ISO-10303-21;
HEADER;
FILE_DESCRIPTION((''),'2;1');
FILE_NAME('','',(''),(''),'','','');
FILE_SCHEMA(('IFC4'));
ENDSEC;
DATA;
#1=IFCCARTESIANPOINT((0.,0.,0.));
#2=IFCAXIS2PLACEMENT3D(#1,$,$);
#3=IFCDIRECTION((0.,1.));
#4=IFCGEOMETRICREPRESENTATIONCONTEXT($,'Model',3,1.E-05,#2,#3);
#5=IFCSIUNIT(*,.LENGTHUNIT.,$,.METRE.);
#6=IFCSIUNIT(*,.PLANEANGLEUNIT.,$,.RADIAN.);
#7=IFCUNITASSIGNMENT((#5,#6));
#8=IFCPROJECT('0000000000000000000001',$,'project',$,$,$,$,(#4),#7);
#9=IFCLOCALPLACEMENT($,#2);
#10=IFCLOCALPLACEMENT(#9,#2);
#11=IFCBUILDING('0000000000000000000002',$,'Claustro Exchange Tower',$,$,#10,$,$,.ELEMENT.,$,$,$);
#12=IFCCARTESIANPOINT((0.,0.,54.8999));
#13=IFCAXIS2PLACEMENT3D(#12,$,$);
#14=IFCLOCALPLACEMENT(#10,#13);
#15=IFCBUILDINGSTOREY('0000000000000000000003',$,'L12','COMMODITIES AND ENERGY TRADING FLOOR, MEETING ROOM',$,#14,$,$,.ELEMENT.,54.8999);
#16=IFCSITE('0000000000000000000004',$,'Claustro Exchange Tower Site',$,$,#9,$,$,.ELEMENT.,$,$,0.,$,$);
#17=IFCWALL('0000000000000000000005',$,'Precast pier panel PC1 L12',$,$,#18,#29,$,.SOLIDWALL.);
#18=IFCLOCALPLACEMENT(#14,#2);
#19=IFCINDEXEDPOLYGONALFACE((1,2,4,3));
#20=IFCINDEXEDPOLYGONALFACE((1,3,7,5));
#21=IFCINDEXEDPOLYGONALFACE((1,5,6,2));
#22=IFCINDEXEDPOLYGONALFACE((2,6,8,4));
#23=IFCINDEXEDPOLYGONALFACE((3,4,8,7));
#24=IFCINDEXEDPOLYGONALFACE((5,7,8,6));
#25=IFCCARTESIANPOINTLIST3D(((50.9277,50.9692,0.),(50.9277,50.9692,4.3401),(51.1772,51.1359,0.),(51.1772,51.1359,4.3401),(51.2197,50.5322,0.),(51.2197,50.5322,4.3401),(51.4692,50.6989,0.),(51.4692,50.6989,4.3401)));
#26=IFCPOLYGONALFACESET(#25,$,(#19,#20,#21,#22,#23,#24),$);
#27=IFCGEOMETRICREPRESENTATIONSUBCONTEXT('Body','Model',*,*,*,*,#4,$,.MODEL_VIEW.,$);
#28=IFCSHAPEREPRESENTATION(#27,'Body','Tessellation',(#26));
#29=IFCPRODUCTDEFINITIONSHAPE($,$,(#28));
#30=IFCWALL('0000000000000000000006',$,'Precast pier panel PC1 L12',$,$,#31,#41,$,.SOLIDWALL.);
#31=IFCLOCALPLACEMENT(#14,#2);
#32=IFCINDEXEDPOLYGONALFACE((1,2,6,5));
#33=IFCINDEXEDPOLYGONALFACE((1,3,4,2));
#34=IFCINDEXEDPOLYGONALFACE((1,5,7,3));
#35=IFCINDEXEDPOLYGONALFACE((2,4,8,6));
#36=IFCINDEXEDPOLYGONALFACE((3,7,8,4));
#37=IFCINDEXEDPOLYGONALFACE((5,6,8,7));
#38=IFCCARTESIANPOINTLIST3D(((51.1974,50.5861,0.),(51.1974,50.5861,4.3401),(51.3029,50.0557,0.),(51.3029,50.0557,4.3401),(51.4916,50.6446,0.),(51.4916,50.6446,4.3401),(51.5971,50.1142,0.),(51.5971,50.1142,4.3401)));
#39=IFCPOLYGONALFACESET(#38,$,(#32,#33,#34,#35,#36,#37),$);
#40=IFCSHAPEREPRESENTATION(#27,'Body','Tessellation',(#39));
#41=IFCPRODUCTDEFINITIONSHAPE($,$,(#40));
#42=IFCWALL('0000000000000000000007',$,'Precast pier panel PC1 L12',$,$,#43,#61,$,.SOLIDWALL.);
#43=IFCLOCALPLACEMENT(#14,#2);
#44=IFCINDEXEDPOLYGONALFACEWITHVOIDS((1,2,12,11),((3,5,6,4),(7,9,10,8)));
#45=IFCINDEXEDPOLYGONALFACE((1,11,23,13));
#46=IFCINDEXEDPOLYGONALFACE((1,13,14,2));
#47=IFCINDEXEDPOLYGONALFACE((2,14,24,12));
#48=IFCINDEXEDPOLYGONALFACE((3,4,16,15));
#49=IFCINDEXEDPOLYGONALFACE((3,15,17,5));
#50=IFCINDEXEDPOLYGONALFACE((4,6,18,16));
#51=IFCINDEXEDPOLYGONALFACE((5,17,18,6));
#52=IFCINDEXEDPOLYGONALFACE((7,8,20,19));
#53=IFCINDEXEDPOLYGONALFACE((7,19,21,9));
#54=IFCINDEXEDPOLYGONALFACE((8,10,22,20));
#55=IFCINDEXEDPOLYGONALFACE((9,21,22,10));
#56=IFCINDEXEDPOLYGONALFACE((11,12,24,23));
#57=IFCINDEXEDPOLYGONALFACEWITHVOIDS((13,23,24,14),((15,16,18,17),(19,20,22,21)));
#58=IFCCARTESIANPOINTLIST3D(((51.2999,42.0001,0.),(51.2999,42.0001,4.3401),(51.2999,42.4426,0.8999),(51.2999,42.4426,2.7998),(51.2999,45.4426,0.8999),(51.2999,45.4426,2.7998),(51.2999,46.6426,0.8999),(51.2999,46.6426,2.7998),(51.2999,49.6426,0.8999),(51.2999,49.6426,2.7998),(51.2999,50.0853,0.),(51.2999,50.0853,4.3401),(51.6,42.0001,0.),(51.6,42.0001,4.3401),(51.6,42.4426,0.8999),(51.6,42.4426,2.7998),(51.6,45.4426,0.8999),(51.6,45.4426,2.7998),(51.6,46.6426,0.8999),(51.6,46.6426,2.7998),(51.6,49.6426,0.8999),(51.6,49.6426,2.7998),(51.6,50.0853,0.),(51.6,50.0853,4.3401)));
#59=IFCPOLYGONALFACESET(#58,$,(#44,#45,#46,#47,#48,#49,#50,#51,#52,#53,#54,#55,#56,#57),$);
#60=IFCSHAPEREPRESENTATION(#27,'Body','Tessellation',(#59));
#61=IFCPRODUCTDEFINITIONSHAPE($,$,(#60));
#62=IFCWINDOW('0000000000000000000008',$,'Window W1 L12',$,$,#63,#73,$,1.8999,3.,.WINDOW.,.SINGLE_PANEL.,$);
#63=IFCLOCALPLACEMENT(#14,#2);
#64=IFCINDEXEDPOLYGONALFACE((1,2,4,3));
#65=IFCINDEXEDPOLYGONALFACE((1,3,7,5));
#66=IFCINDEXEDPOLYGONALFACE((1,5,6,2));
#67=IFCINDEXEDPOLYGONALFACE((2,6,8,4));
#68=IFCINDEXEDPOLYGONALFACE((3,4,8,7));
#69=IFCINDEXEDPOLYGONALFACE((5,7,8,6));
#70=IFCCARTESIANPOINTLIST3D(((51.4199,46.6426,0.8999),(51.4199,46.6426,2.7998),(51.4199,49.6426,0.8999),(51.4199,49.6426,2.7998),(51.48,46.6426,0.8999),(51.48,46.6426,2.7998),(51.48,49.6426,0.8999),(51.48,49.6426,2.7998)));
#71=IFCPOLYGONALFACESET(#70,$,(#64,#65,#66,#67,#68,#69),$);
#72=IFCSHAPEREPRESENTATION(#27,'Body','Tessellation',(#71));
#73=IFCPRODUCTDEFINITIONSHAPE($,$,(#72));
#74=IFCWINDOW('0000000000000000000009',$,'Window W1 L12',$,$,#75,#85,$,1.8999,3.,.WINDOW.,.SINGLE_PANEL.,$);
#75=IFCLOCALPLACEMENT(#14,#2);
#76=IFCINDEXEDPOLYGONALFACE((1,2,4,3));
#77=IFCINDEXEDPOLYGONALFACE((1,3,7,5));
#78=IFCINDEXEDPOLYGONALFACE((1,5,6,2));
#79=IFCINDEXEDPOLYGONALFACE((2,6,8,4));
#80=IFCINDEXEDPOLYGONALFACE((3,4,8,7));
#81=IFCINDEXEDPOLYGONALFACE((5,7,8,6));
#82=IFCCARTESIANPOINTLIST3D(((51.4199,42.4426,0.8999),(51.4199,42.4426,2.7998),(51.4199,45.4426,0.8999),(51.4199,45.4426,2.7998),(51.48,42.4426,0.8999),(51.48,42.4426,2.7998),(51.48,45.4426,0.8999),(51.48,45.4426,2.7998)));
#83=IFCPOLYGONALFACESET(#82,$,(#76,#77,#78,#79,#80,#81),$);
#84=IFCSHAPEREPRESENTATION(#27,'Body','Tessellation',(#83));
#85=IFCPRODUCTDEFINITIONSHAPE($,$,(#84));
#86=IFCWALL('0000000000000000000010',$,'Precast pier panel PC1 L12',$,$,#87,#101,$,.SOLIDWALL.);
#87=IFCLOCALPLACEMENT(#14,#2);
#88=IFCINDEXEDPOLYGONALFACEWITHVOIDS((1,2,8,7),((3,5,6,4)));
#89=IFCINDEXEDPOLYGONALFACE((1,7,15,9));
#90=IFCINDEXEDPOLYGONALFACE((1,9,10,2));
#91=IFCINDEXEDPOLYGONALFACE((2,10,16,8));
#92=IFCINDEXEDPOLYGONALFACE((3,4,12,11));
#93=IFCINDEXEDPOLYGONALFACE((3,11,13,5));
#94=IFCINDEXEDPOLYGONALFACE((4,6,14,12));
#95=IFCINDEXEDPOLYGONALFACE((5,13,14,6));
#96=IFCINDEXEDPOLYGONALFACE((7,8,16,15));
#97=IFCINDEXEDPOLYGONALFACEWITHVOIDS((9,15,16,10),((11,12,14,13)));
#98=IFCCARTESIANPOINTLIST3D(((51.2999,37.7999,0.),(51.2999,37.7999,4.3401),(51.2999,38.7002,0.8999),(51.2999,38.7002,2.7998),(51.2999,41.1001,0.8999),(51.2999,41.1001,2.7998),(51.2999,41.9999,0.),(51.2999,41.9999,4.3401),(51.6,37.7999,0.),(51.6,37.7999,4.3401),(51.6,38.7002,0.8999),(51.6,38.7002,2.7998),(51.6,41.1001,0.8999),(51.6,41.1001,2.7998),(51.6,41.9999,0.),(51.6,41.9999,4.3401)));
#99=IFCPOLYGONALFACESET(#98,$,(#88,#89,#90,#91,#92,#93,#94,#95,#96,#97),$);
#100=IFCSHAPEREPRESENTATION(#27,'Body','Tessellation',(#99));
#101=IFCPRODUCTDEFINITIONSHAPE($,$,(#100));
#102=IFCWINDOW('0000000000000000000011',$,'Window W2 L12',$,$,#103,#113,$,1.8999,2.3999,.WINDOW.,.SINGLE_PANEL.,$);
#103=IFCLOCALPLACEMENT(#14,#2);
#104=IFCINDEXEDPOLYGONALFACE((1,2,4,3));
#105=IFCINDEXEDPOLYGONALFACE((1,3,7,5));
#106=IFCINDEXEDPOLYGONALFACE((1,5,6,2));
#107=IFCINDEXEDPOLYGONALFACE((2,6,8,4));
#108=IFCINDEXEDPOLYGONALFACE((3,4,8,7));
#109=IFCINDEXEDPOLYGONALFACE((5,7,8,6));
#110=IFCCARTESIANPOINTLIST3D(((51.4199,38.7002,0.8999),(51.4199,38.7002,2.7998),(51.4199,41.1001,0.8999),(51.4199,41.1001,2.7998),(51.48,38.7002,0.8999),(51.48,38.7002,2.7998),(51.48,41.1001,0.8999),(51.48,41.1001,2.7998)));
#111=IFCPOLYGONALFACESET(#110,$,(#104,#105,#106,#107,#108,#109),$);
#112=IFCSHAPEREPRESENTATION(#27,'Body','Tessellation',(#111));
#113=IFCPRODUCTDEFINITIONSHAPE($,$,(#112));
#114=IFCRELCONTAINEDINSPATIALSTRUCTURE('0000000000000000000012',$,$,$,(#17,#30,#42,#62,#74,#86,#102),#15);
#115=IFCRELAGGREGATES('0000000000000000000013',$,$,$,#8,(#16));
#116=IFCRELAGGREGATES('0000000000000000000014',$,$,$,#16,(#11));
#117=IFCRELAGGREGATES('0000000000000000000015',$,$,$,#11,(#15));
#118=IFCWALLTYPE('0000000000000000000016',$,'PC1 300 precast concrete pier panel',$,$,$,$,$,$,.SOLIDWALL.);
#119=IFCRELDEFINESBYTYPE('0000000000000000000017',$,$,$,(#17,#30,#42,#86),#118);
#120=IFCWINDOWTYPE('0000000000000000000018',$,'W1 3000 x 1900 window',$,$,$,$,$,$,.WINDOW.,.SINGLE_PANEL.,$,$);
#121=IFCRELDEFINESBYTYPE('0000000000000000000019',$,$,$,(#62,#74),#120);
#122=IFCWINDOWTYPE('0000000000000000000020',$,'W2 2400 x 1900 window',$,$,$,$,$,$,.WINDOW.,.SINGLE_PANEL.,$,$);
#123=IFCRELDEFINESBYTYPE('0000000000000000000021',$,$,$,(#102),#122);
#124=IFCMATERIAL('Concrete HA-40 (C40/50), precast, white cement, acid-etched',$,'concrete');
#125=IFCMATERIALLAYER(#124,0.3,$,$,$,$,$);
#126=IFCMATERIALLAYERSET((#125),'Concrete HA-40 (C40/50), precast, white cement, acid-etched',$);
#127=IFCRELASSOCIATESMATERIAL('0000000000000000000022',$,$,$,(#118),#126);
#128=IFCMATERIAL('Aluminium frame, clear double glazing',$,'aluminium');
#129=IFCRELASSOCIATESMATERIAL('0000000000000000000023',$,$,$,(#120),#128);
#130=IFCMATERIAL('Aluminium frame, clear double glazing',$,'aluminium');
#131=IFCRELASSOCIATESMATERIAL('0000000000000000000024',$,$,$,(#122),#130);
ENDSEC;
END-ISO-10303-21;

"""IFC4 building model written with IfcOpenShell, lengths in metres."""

from ifc_helpers import new_model, si_unit, direction, frame, frame_2d, origin, place, context, subcontext, project, spatial, rectangle, extrude, material, layer, layer_set, type_object, element, fill, save


model = new_model("IFC4")

# Units and contexts
model_context = context("Model", 3, precision=1e-05, world=origin(), true_north=direction((0.0, 1.0)))
body_context = subcontext(model_context, "Body", "Model", "MODEL_VIEW")
ifc_project = project(units=[si_unit("LENGTHUNIT", "METRE"), si_unit("PLANEANGLEUNIT", "RADIAN")], contexts=[model_context])

# Site, building, storey
site_placement = place(None, origin())
site = spatial("IfcSite", under=ifc_project, at=site_placement, Name="Claustro Exchange Tower Site", CompositionType="ELEMENT", RefElevation=0.0)
building_placement = place(site_placement, origin())
building = spatial("IfcBuilding", under=site, at=building_placement, Name="Claustro Exchange Tower", CompositionType="ELEMENT")
storey_placement = place(building_placement, frame((0.0, 0.0, 54.8999)))
storey = spatial("IfcBuildingStorey", under=building, at=storey_placement, Name="L12", Description="COMMODITIES AND ENERGY TRADING FLOOR, MEETING ROOM", CompositionType="ELEMENT", Elevation=54.8999)

# Shared definitions
ifc_material_1 = material(Name="Concrete HA-40 (C40/50), precast, white cement, acid-etched", Category="concrete")
ifc_layer_1 = layer(ifc_material_1, 0.3)
ifc_layer_set_1 = layer_set([ifc_layer_1], Name="Concrete HA-40 (C40/50), precast, white cement, acid-etched")
wall_type_1 = type_object("IfcWallType", Name="PC1 300 precast concrete pier panel", PredefinedType="SOLIDWALL", material=ifc_layer_set_1)
ifc_material_2 = material(Name="Aluminium frame, clear double glazing", Category="aluminium")
window_type_1 = type_object("IfcWindowType", Name="W1 3000 x 1900 window", PartitioningType="SINGLE_PANEL", PredefinedType="WINDOW", material=ifc_material_2)

# Walls
for number, where, z_axis, x_axis, name in (
    (1, (51.0525, 51.0525, 0.0), (0.0, 0.0, 1.0), (0.555557, -0.831478, 0.0), "Precast pier panel PC1 L12"),
):
    element("IfcWall", number, at=place(storey_placement, frame(where, z_axis=z_axis, x_axis=x_axis)), inside=storey, type_object=wall_type_1, Name=name, PredefinedType="SOLIDWALL", context=body_context, shape_type="SweptSolid", body=[
        extrude(rectangle(XDim=0.5256, YDim=0.3, at=frame_2d((0.2627, 0.0))), origin(), (0.0, 0.0, 1.0), 4.3401),
    ])
wall_1_placement = place(storey_placement, frame((51.3445, 50.6155, 0.0), z_axis=(0.0, 0.0, 1.0), x_axis=(0.195074, -0.980789, 0.0)))
element("IfcWall", 2, at=wall_1_placement, inside=storey, type_object=wall_type_1, Name="Precast pier panel PC1 L12", PredefinedType="SOLIDWALL", context=body_context, shape_type="SweptSolid", body=[
    extrude(rectangle(XDim=0.5408, YDim=0.3, at=frame_2d((0.2705, 0.0))), origin(), (0.0, 0.0, 1.0), 4.3401),
])

# Wall, openings, windows
wall_2_placement = place(storey_placement, frame((51.45, 50.0852, 0.0), z_axis=(0.0, 0.0, 1.0), x_axis=(0.0, -1.0, 0.0)))
wall_2 = element("IfcWall", 3, at=wall_2_placement, inside=storey, type_object=wall_type_1, Name="Precast pier panel PC1 L12", PredefinedType="SOLIDWALL", context=body_context, shape_type="SweptSolid", body=[
    extrude(rectangle(XDim=8.0852, YDim=0.3, at=frame_2d((4.0425, 0.0))), origin(), (0.0, 0.0, 1.0), 4.3401),
])
opening_1_placement = place(wall_2_placement, frame((0.4426, 0.0, 0.8999)))
opening_1 = element("IfcOpeningElement", 4, at=opening_1_placement, cuts=wall_2, PredefinedType="OPENING", context=body_context, shape_type="SweptSolid", body=[
    extrude(rectangle(XDim=3.0, YDim=1.8999, at=frame_2d((1.5, 0.95))), frame((0.0, 0.1599, 0.0), z_axis=(0.0, -1.0, 0.0), x_axis=(1.0, 0.0, 0.0)), (0.0, 0.0, 1.0), 0.3201),
])
opening_2_placement = place(wall_2_placement, frame((4.6426, 0.0, 0.8999)))
opening_2 = element("IfcOpeningElement", 5, at=opening_2_placement, cuts=wall_2, PredefinedType="OPENING", context=body_context, shape_type="SweptSolid", body=[
    extrude(rectangle(XDim=3.0, YDim=1.8999, at=frame_2d((1.5, 0.95))), frame((0.0, 0.1599, 0.0), z_axis=(0.0, -1.0, 0.0), x_axis=(1.0, 0.0, 0.0)), (0.0, 0.0, 1.0), 0.3201),
])
window_1_placement = place(opening_1_placement, origin())
window_1 = element("IfcWindow", 6, at=window_1_placement, inside=storey, type_object=window_type_1, Name="Window W1 L12", OverallHeight=1.8999, OverallWidth=3.0, PartitioningType="SINGLE_PANEL", PredefinedType="WINDOW", context=body_context, shape_type="SweptSolid", body=[
    extrude(rectangle(XDim=3.0, YDim=1.8999, at=frame_2d((1.5, 0.95))), frame((0.0, 0.03, 0.0), z_axis=(0.0, -1.0, 0.0), x_axis=(1.0, 0.0, 0.0)), (0.0, 0.0, 1.0), 0.0601),
])
fill(opening_1, window_1)
window_2_placement = place(opening_2_placement, origin())
window_2 = element("IfcWindow", 7, at=window_2_placement, inside=storey, type_object=window_type_1, Name="Window W1 L12", OverallHeight=1.8999, OverallWidth=3.0, PartitioningType="SINGLE_PANEL", PredefinedType="WINDOW", context=body_context, shape_type="SweptSolid", body=[
    extrude(rectangle(XDim=3.0, YDim=1.8999, at=frame_2d((1.5, 0.95))), frame((0.0, 0.03, 0.0), z_axis=(0.0, -1.0, 0.0), x_axis=(1.0, 0.0, 0.0)), (0.0, 0.0, 1.0), 0.0601),
])
fill(opening_2, window_2)

# Wall, opening, window
wall_3_placement = place(storey_placement, frame((51.45, 42.0, 0.0), z_axis=(0.0, 0.0, 1.0), x_axis=(0.0, -1.0, 0.0)))
wall_3 = element("IfcWall", 8, at=wall_3_placement, inside=storey, type_object=wall_type_1, Name="Precast pier panel PC1 L12", PredefinedType="SOLIDWALL", context=body_context, shape_type="SweptSolid", body=[
    extrude(rectangle(XDim=4.2, YDim=0.3, at=frame_2d((2.1001, 0.0))), origin(), (0.0, 0.0, 1.0), 4.3401),
])
opening_3_placement = place(wall_3_placement, frame((0.8999, 0.0, 0.8999)))
opening_3 = element("IfcOpeningElement", 9, at=opening_3_placement, cuts=wall_3, PredefinedType="OPENING", context=body_context, shape_type="SweptSolid", body=[
    extrude(rectangle(XDim=2.3999, YDim=1.8999, at=frame_2d((1.2, 0.95))), frame((0.0, 0.1599, 0.0), z_axis=(0.0, -1.0, 0.0), x_axis=(1.0, 0.0, 0.0)), (0.0, 0.0, 1.0), 0.3201),
])
ifc_material_3 = material(Name="Aluminium frame, clear double glazing", Category="aluminium")
window_type_2 = type_object("IfcWindowType", Name="W2 2400 x 1900 window", PartitioningType="SINGLE_PANEL", PredefinedType="WINDOW", material=ifc_material_3)
window_3_placement = place(opening_3_placement, origin())
window_3 = element("IfcWindow", 10, at=window_3_placement, inside=storey, type_object=window_type_2, Name="Window W2 L12", OverallHeight=1.8999, OverallWidth=2.3999, PartitioningType="SINGLE_PANEL", PredefinedType="WINDOW", context=body_context, shape_type="SweptSolid", body=[
    extrude(rectangle(XDim=2.3999, YDim=1.8999, at=frame_2d((1.2, 0.95))), frame((0.0, 0.03, 0.0), z_axis=(0.0, -1.0, 0.0), x_axis=(1.0, 0.0, 0.0)), (0.0, 0.0, 1.0), 0.0601),
])
fill(opening_3, window_3)

save(model, "model.ifc")
